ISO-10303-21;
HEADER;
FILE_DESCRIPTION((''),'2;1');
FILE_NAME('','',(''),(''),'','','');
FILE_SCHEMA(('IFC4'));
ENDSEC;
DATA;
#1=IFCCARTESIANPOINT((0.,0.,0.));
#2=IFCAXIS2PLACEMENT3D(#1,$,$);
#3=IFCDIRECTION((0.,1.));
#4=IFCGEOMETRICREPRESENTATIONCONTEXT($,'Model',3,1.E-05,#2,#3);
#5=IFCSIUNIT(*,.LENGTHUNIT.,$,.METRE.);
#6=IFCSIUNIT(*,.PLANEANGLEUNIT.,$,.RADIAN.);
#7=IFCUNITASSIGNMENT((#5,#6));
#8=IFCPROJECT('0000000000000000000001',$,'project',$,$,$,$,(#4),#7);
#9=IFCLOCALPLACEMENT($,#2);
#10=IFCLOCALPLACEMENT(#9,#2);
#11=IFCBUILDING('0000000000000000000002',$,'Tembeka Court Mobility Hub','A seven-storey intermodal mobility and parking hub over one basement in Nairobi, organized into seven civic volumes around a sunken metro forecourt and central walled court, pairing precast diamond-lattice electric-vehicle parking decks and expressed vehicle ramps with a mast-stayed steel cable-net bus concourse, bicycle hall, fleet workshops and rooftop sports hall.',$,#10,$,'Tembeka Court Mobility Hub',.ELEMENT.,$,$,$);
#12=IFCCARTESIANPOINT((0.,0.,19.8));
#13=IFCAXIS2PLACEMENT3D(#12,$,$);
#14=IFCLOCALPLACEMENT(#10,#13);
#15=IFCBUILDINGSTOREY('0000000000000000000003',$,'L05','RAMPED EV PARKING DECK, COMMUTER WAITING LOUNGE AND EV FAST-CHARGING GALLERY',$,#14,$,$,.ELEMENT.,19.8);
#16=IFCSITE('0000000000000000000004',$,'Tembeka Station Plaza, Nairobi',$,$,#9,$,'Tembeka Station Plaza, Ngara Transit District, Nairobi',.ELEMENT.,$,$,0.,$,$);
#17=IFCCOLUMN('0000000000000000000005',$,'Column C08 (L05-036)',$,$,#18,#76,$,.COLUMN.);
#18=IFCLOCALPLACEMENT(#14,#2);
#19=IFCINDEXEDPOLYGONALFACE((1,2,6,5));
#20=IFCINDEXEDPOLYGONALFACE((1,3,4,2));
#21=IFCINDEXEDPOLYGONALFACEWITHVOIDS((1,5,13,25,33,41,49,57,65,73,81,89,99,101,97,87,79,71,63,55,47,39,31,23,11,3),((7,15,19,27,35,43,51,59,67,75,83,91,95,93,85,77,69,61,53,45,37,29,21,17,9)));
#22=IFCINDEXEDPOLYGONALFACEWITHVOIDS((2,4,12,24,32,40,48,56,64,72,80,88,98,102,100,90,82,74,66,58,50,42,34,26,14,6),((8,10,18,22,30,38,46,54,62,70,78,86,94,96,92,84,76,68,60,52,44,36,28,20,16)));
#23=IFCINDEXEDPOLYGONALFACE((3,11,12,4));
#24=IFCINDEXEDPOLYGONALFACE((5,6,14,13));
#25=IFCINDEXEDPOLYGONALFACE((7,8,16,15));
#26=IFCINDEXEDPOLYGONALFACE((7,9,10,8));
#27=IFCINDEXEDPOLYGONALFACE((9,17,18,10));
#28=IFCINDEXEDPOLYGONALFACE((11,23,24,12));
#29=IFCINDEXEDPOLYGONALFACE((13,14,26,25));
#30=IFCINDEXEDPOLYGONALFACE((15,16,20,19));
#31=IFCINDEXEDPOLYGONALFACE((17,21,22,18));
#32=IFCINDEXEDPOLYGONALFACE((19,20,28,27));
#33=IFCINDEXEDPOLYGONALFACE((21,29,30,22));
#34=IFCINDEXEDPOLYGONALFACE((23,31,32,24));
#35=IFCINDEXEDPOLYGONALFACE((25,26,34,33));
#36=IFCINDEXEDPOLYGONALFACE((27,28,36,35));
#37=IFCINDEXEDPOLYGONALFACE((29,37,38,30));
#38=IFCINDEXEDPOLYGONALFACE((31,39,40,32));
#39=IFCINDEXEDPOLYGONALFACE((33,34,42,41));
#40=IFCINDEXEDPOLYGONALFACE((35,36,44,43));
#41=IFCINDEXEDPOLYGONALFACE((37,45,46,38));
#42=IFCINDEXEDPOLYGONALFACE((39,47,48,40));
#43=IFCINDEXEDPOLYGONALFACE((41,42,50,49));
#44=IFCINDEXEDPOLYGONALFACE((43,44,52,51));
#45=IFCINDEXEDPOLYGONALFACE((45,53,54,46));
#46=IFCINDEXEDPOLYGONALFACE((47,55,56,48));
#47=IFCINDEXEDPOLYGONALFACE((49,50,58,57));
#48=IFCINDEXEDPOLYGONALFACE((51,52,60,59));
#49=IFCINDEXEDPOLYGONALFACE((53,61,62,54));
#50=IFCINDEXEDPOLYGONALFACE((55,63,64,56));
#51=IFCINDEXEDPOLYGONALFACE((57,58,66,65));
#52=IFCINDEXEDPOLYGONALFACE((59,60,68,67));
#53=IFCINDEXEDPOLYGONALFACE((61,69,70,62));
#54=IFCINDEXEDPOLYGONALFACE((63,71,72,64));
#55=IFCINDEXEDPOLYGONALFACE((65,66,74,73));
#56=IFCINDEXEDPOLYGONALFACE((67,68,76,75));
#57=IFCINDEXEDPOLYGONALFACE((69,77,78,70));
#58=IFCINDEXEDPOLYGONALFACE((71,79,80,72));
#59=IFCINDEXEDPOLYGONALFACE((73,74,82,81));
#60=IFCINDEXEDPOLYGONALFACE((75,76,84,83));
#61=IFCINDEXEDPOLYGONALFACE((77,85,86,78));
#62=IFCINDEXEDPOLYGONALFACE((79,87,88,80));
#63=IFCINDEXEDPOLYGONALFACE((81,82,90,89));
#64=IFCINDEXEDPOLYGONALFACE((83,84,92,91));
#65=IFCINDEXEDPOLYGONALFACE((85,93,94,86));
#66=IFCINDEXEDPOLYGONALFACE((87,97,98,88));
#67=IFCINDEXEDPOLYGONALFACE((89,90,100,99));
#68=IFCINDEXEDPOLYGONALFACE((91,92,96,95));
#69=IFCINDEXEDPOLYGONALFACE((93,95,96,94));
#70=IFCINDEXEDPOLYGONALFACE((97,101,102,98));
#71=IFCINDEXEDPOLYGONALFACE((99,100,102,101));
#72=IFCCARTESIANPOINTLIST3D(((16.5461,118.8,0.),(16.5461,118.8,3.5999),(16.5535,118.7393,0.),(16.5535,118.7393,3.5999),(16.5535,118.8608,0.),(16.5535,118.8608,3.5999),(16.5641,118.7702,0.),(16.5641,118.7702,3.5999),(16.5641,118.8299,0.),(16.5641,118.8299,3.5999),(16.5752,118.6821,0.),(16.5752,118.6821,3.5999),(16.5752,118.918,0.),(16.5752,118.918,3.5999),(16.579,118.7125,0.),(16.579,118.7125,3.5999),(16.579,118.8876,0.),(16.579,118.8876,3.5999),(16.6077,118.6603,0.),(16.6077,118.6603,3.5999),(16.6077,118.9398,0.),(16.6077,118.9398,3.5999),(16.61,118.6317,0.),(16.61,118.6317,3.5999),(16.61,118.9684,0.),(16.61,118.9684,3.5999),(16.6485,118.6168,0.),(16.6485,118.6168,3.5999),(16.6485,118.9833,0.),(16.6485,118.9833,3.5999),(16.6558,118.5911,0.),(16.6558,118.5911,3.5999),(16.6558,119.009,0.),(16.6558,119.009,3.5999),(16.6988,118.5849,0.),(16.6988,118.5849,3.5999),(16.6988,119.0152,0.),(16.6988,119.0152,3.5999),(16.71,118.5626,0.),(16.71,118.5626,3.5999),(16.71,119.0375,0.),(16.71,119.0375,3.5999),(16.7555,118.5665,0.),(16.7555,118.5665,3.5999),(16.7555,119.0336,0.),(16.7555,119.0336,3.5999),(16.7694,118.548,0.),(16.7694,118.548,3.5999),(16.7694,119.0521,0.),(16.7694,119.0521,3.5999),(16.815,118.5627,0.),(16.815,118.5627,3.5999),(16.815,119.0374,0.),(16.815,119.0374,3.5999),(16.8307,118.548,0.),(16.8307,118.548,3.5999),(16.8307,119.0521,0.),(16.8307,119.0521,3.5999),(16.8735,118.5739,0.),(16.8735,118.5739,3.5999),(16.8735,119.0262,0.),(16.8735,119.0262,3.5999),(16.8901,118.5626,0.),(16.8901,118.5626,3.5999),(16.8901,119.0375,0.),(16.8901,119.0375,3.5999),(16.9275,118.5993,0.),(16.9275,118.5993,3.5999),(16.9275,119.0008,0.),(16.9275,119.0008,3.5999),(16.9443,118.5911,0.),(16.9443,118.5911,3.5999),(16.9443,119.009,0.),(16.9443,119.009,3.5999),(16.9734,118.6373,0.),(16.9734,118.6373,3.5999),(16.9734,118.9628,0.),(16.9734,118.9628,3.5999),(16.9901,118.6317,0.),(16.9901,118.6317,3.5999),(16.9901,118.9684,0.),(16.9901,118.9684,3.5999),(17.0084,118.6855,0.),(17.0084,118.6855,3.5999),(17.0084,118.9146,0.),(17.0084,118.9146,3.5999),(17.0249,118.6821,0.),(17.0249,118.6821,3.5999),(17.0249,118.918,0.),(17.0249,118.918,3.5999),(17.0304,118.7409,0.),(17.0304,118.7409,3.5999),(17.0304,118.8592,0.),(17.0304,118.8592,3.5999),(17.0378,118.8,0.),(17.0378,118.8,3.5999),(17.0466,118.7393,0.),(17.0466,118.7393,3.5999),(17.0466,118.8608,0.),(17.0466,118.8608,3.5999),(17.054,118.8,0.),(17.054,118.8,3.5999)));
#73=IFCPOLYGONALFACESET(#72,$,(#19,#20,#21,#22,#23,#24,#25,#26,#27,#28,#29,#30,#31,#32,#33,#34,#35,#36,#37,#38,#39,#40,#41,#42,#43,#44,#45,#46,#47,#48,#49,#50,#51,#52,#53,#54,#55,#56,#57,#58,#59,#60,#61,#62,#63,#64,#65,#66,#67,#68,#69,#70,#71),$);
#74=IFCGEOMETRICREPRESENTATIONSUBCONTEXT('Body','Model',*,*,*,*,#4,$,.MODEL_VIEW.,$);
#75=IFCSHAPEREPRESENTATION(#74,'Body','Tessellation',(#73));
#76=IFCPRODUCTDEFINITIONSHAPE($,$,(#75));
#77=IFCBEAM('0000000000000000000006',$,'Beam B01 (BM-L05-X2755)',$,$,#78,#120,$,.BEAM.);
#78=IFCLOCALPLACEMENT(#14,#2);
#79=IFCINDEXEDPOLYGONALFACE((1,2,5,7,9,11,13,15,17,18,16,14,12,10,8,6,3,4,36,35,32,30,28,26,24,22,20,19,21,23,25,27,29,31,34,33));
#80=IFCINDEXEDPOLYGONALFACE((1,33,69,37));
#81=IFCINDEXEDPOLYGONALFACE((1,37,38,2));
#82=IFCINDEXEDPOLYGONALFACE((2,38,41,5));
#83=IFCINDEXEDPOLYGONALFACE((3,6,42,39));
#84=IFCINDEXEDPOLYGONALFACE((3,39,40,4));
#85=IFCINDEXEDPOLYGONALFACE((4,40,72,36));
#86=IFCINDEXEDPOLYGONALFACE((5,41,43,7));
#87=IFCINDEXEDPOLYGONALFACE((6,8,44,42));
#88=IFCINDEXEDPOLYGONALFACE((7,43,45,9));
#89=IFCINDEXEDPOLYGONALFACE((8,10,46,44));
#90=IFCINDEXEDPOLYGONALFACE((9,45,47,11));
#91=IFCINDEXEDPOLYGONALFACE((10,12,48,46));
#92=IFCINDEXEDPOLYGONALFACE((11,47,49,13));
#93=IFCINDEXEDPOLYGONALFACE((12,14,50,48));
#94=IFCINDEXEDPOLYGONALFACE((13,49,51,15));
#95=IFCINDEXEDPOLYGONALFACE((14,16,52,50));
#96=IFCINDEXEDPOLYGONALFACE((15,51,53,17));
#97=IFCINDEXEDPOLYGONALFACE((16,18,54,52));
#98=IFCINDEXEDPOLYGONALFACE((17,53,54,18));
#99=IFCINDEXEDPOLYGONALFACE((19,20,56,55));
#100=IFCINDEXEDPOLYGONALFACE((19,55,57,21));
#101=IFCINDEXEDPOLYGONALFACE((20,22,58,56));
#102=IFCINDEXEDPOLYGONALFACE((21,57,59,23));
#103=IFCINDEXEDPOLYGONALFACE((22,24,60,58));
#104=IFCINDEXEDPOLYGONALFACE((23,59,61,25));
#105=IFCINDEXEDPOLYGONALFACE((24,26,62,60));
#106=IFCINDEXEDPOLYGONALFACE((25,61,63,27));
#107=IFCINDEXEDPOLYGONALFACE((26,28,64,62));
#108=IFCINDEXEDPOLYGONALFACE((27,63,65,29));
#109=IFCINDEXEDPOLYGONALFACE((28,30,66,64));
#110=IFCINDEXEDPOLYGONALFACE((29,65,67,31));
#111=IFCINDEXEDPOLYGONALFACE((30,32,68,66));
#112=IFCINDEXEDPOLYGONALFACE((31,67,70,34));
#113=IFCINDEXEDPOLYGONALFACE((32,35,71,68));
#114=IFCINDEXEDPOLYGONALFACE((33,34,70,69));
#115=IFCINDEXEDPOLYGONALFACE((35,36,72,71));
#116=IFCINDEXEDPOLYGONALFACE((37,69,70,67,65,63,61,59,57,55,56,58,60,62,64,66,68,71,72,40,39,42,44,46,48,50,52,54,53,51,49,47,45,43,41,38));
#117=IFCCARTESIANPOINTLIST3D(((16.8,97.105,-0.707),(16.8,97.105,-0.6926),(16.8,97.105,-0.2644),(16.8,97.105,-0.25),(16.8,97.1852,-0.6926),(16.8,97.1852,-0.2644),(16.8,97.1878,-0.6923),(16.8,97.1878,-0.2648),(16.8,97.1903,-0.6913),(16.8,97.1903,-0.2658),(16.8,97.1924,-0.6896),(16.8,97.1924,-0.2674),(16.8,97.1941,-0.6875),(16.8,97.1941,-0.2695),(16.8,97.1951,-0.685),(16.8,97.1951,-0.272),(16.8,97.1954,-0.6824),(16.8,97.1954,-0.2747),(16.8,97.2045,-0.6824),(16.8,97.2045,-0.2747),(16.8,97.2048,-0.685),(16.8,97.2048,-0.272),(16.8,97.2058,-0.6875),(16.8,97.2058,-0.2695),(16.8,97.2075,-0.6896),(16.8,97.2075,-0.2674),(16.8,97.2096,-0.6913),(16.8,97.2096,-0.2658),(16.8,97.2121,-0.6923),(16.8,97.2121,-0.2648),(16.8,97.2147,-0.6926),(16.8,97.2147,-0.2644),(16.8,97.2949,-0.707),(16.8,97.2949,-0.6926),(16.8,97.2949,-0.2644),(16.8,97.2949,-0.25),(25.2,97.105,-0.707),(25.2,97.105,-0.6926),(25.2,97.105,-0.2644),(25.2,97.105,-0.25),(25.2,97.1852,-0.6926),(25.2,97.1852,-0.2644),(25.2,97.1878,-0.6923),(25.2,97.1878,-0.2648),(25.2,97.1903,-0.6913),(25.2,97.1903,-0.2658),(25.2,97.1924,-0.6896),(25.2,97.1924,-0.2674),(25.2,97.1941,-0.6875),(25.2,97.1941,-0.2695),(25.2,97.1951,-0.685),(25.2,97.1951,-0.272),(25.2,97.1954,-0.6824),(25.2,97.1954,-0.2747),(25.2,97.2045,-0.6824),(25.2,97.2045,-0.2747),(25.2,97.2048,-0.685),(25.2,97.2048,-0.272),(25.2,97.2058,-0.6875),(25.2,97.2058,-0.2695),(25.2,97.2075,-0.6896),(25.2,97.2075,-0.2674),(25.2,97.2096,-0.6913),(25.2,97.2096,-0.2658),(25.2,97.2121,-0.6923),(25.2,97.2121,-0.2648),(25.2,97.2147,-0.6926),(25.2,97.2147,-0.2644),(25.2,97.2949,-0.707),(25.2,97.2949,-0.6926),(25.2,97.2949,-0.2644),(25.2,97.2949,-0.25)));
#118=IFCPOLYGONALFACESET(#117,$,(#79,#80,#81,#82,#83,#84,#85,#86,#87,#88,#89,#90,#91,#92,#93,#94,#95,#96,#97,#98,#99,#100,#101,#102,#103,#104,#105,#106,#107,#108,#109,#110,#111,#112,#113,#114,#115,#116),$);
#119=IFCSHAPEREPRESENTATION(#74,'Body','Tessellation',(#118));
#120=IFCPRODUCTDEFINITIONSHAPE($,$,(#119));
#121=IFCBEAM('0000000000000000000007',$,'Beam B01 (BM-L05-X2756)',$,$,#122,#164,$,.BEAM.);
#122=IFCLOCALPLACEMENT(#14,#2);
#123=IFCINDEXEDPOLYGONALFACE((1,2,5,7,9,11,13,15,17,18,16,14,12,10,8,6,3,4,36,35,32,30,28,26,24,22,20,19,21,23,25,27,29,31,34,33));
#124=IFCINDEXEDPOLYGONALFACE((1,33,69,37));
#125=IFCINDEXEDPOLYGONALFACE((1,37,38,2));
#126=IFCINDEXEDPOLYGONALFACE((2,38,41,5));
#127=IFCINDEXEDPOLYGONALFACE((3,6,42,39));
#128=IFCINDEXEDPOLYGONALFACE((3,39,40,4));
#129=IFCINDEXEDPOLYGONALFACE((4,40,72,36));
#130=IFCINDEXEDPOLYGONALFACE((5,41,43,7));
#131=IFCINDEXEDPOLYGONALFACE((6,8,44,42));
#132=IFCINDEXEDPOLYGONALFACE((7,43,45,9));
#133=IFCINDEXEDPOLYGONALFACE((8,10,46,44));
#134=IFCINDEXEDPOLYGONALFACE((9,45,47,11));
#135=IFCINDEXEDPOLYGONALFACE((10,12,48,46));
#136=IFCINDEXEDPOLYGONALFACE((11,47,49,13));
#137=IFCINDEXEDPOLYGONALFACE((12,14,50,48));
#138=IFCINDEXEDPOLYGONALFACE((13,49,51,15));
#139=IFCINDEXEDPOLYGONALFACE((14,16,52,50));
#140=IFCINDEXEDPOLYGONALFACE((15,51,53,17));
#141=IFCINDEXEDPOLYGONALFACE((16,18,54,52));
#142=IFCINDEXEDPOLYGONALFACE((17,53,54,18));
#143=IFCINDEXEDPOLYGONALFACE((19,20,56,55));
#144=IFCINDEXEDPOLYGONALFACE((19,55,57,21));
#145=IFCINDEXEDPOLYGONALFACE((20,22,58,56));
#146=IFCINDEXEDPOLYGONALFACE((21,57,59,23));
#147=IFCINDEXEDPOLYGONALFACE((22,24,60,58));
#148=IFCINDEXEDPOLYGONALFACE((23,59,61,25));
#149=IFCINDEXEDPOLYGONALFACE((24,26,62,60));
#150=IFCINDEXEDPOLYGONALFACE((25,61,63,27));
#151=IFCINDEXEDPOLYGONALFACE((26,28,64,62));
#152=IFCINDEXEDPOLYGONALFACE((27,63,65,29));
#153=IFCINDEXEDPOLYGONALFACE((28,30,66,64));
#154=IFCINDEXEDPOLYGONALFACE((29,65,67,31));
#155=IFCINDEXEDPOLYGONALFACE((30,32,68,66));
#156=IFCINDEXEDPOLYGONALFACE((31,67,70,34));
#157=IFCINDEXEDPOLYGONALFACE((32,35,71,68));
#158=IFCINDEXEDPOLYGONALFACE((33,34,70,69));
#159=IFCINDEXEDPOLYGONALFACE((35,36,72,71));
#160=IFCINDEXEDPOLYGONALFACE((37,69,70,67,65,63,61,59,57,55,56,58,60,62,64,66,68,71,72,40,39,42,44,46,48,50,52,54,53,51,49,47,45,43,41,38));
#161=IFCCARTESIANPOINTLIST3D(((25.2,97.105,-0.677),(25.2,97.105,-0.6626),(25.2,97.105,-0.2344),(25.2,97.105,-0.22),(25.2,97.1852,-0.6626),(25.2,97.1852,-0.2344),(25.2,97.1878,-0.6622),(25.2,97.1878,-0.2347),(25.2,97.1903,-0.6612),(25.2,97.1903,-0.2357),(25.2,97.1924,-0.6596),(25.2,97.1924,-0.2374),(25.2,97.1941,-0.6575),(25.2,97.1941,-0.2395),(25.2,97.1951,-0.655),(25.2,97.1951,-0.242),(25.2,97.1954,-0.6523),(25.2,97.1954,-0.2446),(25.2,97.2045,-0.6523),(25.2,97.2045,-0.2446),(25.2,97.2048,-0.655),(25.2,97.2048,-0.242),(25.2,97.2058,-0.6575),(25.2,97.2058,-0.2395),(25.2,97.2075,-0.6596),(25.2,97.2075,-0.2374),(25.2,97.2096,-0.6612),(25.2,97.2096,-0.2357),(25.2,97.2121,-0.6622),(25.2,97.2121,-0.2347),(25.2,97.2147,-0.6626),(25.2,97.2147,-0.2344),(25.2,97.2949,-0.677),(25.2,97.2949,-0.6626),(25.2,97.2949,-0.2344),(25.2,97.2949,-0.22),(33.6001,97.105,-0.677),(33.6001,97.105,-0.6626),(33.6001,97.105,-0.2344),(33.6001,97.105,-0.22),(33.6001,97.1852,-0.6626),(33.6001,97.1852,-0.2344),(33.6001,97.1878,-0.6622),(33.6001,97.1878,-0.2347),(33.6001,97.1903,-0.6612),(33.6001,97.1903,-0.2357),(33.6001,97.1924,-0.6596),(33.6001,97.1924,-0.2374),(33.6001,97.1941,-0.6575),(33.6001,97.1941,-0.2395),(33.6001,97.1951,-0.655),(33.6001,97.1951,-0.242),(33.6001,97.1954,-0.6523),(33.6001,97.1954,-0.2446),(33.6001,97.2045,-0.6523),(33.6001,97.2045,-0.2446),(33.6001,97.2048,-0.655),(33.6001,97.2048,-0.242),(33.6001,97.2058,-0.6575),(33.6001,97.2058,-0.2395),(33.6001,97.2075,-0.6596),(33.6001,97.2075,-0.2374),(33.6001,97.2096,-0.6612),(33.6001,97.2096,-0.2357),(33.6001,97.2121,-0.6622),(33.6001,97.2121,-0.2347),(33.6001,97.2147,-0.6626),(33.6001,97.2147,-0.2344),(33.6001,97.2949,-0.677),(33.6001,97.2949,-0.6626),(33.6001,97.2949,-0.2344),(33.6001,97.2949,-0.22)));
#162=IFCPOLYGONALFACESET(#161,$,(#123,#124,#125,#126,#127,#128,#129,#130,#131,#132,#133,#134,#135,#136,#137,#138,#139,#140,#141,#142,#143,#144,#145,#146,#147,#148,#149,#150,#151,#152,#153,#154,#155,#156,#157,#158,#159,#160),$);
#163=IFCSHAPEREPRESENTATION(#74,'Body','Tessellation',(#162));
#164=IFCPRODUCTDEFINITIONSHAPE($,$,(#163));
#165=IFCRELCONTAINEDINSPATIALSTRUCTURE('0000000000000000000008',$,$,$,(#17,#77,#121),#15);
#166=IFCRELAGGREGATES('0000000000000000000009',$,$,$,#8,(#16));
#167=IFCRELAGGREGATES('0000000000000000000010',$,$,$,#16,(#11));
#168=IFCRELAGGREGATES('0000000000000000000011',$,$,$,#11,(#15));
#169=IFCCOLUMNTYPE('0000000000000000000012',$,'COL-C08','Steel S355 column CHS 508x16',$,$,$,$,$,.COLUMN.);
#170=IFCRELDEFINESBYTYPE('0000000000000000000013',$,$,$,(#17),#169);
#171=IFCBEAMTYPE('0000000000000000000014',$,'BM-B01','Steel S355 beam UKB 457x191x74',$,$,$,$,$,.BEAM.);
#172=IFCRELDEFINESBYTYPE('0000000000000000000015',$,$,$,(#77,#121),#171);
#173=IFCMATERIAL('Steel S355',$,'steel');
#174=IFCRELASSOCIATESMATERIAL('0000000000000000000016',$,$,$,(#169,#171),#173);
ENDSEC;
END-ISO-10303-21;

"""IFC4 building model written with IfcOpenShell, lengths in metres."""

from ifc_helpers import new_model, si_unit, direction, frame, origin, origin_2d, place, context, subcontext, project, spatial, hollow_circle, i_section, extrude, material, material_profile, profile_set, type_object, element, save


model = new_model("IFC4")

# Units and contexts
model_context = context("Model", 3, precision=1e-05, world=origin(), true_north=direction((0.0, 1.0)))
body_context = subcontext(model_context, "Body", "Model", "MODEL_VIEW")
ifc_project = project(units=[si_unit("LENGTHUNIT", "METRE"), si_unit("PLANEANGLEUNIT", "RADIAN")], contexts=[model_context])

# Site, building, storey
site_placement = place(None, origin())
site = spatial("IfcSite", under=ifc_project, at=site_placement, Name="Tembeka Station Plaza, Nairobi", LongName="Tembeka Station Plaza, Ngara Transit District, Nairobi", CompositionType="ELEMENT", RefElevation=0.0)
building_placement = place(site_placement, origin())
building = spatial("IfcBuilding", under=site, at=building_placement, Name="Tembeka Court Mobility Hub", Description="A seven-storey intermodal mobility and parking hub over one basement in Nairobi, organized into seven civic volumes around a sunken metro forecourt and central walled court, pairing precast diamond-lattice electric-vehicle parking decks and expressed vehicle ramps with a mast-stayed steel cable-net bus concourse, bicycle hall, fleet workshops and rooftop sports hall.", LongName="Tembeka Court Mobility Hub", CompositionType="ELEMENT")
storey_placement = place(building_placement, frame((0.0, 0.0, 19.8)))
storey = spatial("IfcBuildingStorey", under=building, at=storey_placement, Name="L05", Description="RAMPED EV PARKING DECK, COMMUTER WAITING LOUNGE AND EV FAST-CHARGING GALLERY", CompositionType="ELEMENT", Elevation=19.8)

# Column
ifc_material_1 = material(Name="Steel S355", Category="steel")
ifc_material_profile_1 = material_profile(ifc_material_1, hollow_circle(Radius=0.2539, WallThickness=0.0161, at=origin_2d()), Name="CHS 508x16")
ifc_profile_set_1 = profile_set([ifc_material_profile_1], Name="Steel S355")
column_type_1 = type_object("IfcColumnType", Name="COL-C08", Description="Steel S355 column CHS 508x16", PredefinedType="COLUMN", material=ifc_profile_set_1)
for number, where, z_axis, x_axis, name in (
    (1, (16.8, 118.8, 0.0), (0.0, 0.0, 1.0), (1.0, 0.0, 0.0), "Column C08 (L05-036)"),
):
    element("IfcColumn", number, at=place(storey_placement, frame(where, z_axis=z_axis, x_axis=x_axis)), inside=storey, type_object=column_type_1, Name=name, PredefinedType="COLUMN", context=body_context, shape_type="SweptSolid", body=[
        extrude(hollow_circle(Radius=0.2539, WallThickness=0.0161, at=origin_2d()), origin(), (0.0, 0.0, 1.0), 3.5999),
    ])

# Beams
ifc_material_profile_2 = material_profile(ifc_material_1, i_section(OverallWidth=0.1899, OverallDepth=0.457, WebThickness=0.009, FlangeThickness=0.0144, FilletRadius=0.0103, at=origin_2d()), Name="UKB 457x191x74")
ifc_profile_set_2 = profile_set([ifc_material_profile_2], Name="Steel S355")
beam_type_1 = type_object("IfcBeamType", Name="BM-B01", Description="Steel S355 beam UKB 457x191x74", PredefinedType="BEAM", material=ifc_profile_set_2)
beam_1_placement = place(storey_placement, frame((16.8, 97.2, -0.4785), z_axis=(1.0, 0.0, 0.0), x_axis=(0.0, 1.0, 0.0)))
element("IfcBeam", 2, at=beam_1_placement, inside=storey, type_object=beam_type_1, Name="Beam B01 (BM-L05-X2755)", PredefinedType="BEAM", context=body_context, shape_type="SweptSolid", body=[
    extrude(i_section(OverallWidth=0.1899, OverallDepth=0.457, WebThickness=0.009, FlangeThickness=0.0144, FilletRadius=0.0103, at=origin_2d()), origin(), (0.0, 0.0, 1.0), 8.3999),
])
beam_2_placement = place(storey_placement, frame((25.2, 97.2, -0.4485), z_axis=(1.0, 0.0, 0.0), x_axis=(0.0, 1.0, 0.0)))
element("IfcBeam", 3, at=beam_2_placement, inside=storey, type_object=beam_type_1, Name="Beam B01 (BM-L05-X2756)", PredefinedType="BEAM", context=body_context, shape_type="SweptSolid", body=[
    extrude(i_section(OverallWidth=0.1899, OverallDepth=0.457, WebThickness=0.009, FlangeThickness=0.0144, FilletRadius=0.0103, at=origin_2d()), origin(), (0.0, 0.0, 1.0), 8.4001),
])

save(model, "model.ifc")
